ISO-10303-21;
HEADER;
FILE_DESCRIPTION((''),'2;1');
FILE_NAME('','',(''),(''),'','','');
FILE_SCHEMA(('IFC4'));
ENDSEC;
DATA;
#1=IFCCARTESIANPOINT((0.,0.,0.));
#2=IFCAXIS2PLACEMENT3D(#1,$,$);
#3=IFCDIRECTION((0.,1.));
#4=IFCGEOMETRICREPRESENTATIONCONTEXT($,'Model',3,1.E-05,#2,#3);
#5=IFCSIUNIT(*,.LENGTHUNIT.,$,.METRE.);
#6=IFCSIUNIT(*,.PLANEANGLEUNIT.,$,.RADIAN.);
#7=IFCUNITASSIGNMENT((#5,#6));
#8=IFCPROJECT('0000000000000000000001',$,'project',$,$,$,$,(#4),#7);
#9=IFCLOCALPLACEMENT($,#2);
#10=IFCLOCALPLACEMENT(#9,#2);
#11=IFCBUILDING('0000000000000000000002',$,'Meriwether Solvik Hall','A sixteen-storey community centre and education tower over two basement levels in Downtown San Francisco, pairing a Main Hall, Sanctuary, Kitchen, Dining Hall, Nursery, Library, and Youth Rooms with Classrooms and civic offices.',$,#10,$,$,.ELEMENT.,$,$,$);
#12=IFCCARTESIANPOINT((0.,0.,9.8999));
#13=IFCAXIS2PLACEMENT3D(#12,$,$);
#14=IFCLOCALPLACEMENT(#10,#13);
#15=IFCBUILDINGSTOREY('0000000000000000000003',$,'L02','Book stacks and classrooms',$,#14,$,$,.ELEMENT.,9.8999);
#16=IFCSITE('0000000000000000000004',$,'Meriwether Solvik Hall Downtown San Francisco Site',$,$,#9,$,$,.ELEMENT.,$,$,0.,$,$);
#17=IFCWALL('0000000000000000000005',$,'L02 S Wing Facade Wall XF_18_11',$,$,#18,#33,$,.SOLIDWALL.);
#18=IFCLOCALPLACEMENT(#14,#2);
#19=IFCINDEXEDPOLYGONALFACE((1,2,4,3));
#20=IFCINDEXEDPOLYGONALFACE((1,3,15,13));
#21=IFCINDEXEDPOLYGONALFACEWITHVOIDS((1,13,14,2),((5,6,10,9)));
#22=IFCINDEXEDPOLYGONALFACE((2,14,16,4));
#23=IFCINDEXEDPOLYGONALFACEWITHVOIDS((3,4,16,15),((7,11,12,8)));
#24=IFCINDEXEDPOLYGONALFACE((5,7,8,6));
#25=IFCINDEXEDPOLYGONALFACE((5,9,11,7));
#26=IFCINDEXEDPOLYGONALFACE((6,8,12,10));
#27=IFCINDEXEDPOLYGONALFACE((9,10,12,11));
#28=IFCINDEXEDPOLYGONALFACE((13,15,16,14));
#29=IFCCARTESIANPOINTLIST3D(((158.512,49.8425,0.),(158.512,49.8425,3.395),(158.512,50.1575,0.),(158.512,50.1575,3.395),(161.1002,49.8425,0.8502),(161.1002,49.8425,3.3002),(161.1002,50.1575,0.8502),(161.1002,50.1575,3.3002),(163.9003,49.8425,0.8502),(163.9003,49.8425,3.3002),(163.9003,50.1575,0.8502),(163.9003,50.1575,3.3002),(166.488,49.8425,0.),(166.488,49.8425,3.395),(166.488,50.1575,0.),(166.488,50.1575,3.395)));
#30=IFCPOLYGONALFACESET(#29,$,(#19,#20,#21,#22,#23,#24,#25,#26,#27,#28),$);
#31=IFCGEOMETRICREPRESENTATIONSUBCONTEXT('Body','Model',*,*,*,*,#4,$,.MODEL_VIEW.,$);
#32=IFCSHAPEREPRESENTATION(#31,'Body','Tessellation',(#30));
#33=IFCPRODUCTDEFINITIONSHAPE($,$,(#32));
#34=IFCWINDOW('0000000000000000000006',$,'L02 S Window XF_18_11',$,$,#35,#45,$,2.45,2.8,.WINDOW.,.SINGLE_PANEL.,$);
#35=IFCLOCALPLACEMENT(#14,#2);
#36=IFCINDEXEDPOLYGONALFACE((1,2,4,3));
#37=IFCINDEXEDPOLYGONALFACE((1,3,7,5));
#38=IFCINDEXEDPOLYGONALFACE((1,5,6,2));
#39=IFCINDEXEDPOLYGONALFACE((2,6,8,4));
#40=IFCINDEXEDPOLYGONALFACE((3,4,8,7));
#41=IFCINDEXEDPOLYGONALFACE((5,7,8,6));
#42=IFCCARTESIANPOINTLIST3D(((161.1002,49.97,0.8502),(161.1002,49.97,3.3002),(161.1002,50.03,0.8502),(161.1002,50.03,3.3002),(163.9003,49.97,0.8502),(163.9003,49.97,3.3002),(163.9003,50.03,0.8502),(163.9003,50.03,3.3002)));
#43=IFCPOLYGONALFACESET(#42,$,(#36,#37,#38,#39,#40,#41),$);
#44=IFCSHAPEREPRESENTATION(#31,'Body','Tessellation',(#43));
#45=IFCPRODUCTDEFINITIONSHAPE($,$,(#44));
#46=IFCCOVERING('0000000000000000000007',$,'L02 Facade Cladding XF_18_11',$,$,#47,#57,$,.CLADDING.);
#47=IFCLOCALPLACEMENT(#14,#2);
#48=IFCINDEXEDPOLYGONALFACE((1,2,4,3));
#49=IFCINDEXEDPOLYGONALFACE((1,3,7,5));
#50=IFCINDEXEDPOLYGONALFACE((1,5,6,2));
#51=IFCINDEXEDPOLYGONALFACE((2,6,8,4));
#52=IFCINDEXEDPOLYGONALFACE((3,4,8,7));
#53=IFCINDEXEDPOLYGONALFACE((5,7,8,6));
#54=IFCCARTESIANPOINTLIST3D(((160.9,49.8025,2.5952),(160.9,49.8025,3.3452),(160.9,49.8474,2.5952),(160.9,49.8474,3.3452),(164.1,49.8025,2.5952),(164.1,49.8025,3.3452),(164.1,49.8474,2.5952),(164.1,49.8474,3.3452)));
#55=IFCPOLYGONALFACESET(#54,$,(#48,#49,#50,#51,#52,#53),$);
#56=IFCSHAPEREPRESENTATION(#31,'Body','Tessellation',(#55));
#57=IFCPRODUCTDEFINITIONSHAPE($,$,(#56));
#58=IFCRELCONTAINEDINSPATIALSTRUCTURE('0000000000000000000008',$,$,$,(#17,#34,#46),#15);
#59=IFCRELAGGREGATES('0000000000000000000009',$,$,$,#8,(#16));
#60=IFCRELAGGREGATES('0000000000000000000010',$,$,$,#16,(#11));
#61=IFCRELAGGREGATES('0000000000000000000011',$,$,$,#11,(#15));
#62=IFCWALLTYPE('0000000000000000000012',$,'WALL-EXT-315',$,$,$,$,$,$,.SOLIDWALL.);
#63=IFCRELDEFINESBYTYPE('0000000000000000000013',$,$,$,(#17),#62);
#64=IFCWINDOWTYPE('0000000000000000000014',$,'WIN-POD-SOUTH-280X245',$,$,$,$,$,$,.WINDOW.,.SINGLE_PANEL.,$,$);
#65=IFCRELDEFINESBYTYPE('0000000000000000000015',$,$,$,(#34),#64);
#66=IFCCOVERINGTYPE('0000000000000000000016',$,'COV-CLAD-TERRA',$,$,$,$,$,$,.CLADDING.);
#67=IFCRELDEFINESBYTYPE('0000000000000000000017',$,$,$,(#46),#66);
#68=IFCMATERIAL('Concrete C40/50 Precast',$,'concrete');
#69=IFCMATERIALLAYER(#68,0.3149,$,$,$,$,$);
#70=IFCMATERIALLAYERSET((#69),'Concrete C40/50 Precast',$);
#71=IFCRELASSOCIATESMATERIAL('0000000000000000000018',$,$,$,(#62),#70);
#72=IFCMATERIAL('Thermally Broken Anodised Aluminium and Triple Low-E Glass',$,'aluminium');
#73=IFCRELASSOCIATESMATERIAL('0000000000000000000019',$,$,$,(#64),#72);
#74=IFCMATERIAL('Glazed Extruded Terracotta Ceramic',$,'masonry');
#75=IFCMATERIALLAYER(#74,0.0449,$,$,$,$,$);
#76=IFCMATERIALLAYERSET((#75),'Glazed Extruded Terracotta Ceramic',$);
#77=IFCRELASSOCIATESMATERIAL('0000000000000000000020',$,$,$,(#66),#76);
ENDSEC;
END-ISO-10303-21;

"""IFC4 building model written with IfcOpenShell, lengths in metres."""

from ifc_helpers import new_model, si_unit, direction, frame, frame_2d, origin, origin_2d, place, context, subcontext, project, spatial, rectangle, extrude, material, layer, layer_set, type_object, element, fill, save


model = new_model("IFC4")

# Units and contexts
model_context = context("Model", 3, precision=1e-05, world=origin(), true_north=direction((0.0, 1.0)))
body_context = subcontext(model_context, "Body", "Model", "MODEL_VIEW")
ifc_project = project(units=[si_unit("LENGTHUNIT", "METRE"), si_unit("PLANEANGLEUNIT", "RADIAN")], contexts=[model_context])

# Site, building, storey
site_placement = place(None, origin())
site = spatial("IfcSite", under=ifc_project, at=site_placement, Name="Meriwether Solvik Hall Downtown San Francisco Site", CompositionType="ELEMENT", RefElevation=0.0)
building_placement = place(site_placement, origin())
building = spatial("IfcBuilding", under=site, at=building_placement, Name="Meriwether Solvik Hall", Description="A sixteen-storey community centre and education tower over two basement levels in Downtown San Francisco, pairing a Main Hall, Sanctuary, Kitchen, Dining Hall, Nursery, Library, and Youth Rooms with Classrooms and civic offices.", CompositionType="ELEMENT")
storey_placement = place(building_placement, frame((0.0, 0.0, 9.8999)))
storey = spatial("IfcBuildingStorey", under=building, at=storey_placement, Name="L02", Description="Book stacks and classrooms", CompositionType="ELEMENT", Elevation=9.8999)

# Wall, opening, window
ifc_material_1 = material(Name="Concrete C40/50 Precast", Category="concrete")
ifc_layer_1 = layer(ifc_material_1, 0.3149)
ifc_layer_set_1 = layer_set([ifc_layer_1], Name="Concrete C40/50 Precast")
wall_type = type_object("IfcWallType", Name="WALL-EXT-315", PredefinedType="SOLIDWALL", material=ifc_layer_set_1)
wall_placement = place(storey_placement, frame((166.488, 50.0, 0.0), z_axis=(0.0, 0.0, 1.0), x_axis=(-1.0, 0.0, 0.0)))
wall = element("IfcWall", 1, at=wall_placement, inside=storey, type_object=wall_type, Name="L02 S Wing Facade Wall XF_18_11", PredefinedType="SOLIDWALL", context=body_context, shape_type="SweptSolid", body=[
    extrude(rectangle(XDim=7.9761, YDim=0.3149, at=frame_2d((3.988, 0.0))), origin(), (0.0, 0.0, 1.0), 3.395),
])
opening_placement = place(wall_placement, frame((2.5879, 0.0, 0.8501)))
opening = element("IfcOpeningElement", 2, at=opening_placement, cuts=wall, PredefinedType="OPENING", context=body_context, shape_type="SweptSolid", body=[
    extrude(rectangle(XDim=2.8, YDim=2.45, at=frame_2d((1.3999, 1.2251))), frame((0.0, 0.1694, 0.0), z_axis=(0.0, -1.0, 0.0), x_axis=(1.0, 0.0, 0.0)), (0.0, 0.0, 1.0), 0.3389),
])
ifc_material_2 = material(Name="Thermally Broken Anodised Aluminium and Triple Low-E Glass", Category="aluminium")
window_type = type_object("IfcWindowType", Name="WIN-POD-SOUTH-280X245", PartitioningType="SINGLE_PANEL", PredefinedType="WINDOW", material=ifc_material_2)
window_placement = place(opening_placement, origin())
window = element("IfcWindow", 3, at=window_placement, inside=storey, type_object=window_type, Name="L02 S Window XF_18_11", OverallHeight=2.45, OverallWidth=2.8, PartitioningType="SINGLE_PANEL", PredefinedType="WINDOW", context=body_context, shape_type="SweptSolid", body=[
    extrude(rectangle(XDim=2.8, YDim=2.45, at=frame_2d((1.3999, 1.2251))), frame((0.0, 0.03, 0.0), z_axis=(0.0, -1.0, 0.0), x_axis=(1.0, 0.0, 0.0)), (0.0, 0.0, 1.0), 0.0601),
])
fill(opening, window)

# Covering
ifc_material_3 = material(Name="Glazed Extruded Terracotta Ceramic", Category="masonry")
ifc_layer_2 = layer(ifc_material_3, 0.0449)
ifc_layer_set_2 = layer_set([ifc_layer_2], Name="Glazed Extruded Terracotta Ceramic")
covering_type = type_object("IfcCoveringType", Name="COV-CLAD-TERRA", PredefinedType="CLADDING", material=ifc_layer_set_2)
covering_placement = place(storey_placement, frame((162.5, 49.825, 2.5952), z_axis=(0.0, 0.0, 1.0), x_axis=(-1.0, 0.0, 0.0)))
element("IfcCovering", 4, at=covering_placement, inside=storey, type_object=covering_type, Name="L02 Facade Cladding XF_18_11", PredefinedType="CLADDING", context=body_context, shape_type="SweptSolid", body=[
    extrude(rectangle(XDim=3.2, YDim=0.0449, at=origin_2d()), origin(), (0.0, 0.0, 1.0), 0.75),
])

save(model, "model.ifc")
